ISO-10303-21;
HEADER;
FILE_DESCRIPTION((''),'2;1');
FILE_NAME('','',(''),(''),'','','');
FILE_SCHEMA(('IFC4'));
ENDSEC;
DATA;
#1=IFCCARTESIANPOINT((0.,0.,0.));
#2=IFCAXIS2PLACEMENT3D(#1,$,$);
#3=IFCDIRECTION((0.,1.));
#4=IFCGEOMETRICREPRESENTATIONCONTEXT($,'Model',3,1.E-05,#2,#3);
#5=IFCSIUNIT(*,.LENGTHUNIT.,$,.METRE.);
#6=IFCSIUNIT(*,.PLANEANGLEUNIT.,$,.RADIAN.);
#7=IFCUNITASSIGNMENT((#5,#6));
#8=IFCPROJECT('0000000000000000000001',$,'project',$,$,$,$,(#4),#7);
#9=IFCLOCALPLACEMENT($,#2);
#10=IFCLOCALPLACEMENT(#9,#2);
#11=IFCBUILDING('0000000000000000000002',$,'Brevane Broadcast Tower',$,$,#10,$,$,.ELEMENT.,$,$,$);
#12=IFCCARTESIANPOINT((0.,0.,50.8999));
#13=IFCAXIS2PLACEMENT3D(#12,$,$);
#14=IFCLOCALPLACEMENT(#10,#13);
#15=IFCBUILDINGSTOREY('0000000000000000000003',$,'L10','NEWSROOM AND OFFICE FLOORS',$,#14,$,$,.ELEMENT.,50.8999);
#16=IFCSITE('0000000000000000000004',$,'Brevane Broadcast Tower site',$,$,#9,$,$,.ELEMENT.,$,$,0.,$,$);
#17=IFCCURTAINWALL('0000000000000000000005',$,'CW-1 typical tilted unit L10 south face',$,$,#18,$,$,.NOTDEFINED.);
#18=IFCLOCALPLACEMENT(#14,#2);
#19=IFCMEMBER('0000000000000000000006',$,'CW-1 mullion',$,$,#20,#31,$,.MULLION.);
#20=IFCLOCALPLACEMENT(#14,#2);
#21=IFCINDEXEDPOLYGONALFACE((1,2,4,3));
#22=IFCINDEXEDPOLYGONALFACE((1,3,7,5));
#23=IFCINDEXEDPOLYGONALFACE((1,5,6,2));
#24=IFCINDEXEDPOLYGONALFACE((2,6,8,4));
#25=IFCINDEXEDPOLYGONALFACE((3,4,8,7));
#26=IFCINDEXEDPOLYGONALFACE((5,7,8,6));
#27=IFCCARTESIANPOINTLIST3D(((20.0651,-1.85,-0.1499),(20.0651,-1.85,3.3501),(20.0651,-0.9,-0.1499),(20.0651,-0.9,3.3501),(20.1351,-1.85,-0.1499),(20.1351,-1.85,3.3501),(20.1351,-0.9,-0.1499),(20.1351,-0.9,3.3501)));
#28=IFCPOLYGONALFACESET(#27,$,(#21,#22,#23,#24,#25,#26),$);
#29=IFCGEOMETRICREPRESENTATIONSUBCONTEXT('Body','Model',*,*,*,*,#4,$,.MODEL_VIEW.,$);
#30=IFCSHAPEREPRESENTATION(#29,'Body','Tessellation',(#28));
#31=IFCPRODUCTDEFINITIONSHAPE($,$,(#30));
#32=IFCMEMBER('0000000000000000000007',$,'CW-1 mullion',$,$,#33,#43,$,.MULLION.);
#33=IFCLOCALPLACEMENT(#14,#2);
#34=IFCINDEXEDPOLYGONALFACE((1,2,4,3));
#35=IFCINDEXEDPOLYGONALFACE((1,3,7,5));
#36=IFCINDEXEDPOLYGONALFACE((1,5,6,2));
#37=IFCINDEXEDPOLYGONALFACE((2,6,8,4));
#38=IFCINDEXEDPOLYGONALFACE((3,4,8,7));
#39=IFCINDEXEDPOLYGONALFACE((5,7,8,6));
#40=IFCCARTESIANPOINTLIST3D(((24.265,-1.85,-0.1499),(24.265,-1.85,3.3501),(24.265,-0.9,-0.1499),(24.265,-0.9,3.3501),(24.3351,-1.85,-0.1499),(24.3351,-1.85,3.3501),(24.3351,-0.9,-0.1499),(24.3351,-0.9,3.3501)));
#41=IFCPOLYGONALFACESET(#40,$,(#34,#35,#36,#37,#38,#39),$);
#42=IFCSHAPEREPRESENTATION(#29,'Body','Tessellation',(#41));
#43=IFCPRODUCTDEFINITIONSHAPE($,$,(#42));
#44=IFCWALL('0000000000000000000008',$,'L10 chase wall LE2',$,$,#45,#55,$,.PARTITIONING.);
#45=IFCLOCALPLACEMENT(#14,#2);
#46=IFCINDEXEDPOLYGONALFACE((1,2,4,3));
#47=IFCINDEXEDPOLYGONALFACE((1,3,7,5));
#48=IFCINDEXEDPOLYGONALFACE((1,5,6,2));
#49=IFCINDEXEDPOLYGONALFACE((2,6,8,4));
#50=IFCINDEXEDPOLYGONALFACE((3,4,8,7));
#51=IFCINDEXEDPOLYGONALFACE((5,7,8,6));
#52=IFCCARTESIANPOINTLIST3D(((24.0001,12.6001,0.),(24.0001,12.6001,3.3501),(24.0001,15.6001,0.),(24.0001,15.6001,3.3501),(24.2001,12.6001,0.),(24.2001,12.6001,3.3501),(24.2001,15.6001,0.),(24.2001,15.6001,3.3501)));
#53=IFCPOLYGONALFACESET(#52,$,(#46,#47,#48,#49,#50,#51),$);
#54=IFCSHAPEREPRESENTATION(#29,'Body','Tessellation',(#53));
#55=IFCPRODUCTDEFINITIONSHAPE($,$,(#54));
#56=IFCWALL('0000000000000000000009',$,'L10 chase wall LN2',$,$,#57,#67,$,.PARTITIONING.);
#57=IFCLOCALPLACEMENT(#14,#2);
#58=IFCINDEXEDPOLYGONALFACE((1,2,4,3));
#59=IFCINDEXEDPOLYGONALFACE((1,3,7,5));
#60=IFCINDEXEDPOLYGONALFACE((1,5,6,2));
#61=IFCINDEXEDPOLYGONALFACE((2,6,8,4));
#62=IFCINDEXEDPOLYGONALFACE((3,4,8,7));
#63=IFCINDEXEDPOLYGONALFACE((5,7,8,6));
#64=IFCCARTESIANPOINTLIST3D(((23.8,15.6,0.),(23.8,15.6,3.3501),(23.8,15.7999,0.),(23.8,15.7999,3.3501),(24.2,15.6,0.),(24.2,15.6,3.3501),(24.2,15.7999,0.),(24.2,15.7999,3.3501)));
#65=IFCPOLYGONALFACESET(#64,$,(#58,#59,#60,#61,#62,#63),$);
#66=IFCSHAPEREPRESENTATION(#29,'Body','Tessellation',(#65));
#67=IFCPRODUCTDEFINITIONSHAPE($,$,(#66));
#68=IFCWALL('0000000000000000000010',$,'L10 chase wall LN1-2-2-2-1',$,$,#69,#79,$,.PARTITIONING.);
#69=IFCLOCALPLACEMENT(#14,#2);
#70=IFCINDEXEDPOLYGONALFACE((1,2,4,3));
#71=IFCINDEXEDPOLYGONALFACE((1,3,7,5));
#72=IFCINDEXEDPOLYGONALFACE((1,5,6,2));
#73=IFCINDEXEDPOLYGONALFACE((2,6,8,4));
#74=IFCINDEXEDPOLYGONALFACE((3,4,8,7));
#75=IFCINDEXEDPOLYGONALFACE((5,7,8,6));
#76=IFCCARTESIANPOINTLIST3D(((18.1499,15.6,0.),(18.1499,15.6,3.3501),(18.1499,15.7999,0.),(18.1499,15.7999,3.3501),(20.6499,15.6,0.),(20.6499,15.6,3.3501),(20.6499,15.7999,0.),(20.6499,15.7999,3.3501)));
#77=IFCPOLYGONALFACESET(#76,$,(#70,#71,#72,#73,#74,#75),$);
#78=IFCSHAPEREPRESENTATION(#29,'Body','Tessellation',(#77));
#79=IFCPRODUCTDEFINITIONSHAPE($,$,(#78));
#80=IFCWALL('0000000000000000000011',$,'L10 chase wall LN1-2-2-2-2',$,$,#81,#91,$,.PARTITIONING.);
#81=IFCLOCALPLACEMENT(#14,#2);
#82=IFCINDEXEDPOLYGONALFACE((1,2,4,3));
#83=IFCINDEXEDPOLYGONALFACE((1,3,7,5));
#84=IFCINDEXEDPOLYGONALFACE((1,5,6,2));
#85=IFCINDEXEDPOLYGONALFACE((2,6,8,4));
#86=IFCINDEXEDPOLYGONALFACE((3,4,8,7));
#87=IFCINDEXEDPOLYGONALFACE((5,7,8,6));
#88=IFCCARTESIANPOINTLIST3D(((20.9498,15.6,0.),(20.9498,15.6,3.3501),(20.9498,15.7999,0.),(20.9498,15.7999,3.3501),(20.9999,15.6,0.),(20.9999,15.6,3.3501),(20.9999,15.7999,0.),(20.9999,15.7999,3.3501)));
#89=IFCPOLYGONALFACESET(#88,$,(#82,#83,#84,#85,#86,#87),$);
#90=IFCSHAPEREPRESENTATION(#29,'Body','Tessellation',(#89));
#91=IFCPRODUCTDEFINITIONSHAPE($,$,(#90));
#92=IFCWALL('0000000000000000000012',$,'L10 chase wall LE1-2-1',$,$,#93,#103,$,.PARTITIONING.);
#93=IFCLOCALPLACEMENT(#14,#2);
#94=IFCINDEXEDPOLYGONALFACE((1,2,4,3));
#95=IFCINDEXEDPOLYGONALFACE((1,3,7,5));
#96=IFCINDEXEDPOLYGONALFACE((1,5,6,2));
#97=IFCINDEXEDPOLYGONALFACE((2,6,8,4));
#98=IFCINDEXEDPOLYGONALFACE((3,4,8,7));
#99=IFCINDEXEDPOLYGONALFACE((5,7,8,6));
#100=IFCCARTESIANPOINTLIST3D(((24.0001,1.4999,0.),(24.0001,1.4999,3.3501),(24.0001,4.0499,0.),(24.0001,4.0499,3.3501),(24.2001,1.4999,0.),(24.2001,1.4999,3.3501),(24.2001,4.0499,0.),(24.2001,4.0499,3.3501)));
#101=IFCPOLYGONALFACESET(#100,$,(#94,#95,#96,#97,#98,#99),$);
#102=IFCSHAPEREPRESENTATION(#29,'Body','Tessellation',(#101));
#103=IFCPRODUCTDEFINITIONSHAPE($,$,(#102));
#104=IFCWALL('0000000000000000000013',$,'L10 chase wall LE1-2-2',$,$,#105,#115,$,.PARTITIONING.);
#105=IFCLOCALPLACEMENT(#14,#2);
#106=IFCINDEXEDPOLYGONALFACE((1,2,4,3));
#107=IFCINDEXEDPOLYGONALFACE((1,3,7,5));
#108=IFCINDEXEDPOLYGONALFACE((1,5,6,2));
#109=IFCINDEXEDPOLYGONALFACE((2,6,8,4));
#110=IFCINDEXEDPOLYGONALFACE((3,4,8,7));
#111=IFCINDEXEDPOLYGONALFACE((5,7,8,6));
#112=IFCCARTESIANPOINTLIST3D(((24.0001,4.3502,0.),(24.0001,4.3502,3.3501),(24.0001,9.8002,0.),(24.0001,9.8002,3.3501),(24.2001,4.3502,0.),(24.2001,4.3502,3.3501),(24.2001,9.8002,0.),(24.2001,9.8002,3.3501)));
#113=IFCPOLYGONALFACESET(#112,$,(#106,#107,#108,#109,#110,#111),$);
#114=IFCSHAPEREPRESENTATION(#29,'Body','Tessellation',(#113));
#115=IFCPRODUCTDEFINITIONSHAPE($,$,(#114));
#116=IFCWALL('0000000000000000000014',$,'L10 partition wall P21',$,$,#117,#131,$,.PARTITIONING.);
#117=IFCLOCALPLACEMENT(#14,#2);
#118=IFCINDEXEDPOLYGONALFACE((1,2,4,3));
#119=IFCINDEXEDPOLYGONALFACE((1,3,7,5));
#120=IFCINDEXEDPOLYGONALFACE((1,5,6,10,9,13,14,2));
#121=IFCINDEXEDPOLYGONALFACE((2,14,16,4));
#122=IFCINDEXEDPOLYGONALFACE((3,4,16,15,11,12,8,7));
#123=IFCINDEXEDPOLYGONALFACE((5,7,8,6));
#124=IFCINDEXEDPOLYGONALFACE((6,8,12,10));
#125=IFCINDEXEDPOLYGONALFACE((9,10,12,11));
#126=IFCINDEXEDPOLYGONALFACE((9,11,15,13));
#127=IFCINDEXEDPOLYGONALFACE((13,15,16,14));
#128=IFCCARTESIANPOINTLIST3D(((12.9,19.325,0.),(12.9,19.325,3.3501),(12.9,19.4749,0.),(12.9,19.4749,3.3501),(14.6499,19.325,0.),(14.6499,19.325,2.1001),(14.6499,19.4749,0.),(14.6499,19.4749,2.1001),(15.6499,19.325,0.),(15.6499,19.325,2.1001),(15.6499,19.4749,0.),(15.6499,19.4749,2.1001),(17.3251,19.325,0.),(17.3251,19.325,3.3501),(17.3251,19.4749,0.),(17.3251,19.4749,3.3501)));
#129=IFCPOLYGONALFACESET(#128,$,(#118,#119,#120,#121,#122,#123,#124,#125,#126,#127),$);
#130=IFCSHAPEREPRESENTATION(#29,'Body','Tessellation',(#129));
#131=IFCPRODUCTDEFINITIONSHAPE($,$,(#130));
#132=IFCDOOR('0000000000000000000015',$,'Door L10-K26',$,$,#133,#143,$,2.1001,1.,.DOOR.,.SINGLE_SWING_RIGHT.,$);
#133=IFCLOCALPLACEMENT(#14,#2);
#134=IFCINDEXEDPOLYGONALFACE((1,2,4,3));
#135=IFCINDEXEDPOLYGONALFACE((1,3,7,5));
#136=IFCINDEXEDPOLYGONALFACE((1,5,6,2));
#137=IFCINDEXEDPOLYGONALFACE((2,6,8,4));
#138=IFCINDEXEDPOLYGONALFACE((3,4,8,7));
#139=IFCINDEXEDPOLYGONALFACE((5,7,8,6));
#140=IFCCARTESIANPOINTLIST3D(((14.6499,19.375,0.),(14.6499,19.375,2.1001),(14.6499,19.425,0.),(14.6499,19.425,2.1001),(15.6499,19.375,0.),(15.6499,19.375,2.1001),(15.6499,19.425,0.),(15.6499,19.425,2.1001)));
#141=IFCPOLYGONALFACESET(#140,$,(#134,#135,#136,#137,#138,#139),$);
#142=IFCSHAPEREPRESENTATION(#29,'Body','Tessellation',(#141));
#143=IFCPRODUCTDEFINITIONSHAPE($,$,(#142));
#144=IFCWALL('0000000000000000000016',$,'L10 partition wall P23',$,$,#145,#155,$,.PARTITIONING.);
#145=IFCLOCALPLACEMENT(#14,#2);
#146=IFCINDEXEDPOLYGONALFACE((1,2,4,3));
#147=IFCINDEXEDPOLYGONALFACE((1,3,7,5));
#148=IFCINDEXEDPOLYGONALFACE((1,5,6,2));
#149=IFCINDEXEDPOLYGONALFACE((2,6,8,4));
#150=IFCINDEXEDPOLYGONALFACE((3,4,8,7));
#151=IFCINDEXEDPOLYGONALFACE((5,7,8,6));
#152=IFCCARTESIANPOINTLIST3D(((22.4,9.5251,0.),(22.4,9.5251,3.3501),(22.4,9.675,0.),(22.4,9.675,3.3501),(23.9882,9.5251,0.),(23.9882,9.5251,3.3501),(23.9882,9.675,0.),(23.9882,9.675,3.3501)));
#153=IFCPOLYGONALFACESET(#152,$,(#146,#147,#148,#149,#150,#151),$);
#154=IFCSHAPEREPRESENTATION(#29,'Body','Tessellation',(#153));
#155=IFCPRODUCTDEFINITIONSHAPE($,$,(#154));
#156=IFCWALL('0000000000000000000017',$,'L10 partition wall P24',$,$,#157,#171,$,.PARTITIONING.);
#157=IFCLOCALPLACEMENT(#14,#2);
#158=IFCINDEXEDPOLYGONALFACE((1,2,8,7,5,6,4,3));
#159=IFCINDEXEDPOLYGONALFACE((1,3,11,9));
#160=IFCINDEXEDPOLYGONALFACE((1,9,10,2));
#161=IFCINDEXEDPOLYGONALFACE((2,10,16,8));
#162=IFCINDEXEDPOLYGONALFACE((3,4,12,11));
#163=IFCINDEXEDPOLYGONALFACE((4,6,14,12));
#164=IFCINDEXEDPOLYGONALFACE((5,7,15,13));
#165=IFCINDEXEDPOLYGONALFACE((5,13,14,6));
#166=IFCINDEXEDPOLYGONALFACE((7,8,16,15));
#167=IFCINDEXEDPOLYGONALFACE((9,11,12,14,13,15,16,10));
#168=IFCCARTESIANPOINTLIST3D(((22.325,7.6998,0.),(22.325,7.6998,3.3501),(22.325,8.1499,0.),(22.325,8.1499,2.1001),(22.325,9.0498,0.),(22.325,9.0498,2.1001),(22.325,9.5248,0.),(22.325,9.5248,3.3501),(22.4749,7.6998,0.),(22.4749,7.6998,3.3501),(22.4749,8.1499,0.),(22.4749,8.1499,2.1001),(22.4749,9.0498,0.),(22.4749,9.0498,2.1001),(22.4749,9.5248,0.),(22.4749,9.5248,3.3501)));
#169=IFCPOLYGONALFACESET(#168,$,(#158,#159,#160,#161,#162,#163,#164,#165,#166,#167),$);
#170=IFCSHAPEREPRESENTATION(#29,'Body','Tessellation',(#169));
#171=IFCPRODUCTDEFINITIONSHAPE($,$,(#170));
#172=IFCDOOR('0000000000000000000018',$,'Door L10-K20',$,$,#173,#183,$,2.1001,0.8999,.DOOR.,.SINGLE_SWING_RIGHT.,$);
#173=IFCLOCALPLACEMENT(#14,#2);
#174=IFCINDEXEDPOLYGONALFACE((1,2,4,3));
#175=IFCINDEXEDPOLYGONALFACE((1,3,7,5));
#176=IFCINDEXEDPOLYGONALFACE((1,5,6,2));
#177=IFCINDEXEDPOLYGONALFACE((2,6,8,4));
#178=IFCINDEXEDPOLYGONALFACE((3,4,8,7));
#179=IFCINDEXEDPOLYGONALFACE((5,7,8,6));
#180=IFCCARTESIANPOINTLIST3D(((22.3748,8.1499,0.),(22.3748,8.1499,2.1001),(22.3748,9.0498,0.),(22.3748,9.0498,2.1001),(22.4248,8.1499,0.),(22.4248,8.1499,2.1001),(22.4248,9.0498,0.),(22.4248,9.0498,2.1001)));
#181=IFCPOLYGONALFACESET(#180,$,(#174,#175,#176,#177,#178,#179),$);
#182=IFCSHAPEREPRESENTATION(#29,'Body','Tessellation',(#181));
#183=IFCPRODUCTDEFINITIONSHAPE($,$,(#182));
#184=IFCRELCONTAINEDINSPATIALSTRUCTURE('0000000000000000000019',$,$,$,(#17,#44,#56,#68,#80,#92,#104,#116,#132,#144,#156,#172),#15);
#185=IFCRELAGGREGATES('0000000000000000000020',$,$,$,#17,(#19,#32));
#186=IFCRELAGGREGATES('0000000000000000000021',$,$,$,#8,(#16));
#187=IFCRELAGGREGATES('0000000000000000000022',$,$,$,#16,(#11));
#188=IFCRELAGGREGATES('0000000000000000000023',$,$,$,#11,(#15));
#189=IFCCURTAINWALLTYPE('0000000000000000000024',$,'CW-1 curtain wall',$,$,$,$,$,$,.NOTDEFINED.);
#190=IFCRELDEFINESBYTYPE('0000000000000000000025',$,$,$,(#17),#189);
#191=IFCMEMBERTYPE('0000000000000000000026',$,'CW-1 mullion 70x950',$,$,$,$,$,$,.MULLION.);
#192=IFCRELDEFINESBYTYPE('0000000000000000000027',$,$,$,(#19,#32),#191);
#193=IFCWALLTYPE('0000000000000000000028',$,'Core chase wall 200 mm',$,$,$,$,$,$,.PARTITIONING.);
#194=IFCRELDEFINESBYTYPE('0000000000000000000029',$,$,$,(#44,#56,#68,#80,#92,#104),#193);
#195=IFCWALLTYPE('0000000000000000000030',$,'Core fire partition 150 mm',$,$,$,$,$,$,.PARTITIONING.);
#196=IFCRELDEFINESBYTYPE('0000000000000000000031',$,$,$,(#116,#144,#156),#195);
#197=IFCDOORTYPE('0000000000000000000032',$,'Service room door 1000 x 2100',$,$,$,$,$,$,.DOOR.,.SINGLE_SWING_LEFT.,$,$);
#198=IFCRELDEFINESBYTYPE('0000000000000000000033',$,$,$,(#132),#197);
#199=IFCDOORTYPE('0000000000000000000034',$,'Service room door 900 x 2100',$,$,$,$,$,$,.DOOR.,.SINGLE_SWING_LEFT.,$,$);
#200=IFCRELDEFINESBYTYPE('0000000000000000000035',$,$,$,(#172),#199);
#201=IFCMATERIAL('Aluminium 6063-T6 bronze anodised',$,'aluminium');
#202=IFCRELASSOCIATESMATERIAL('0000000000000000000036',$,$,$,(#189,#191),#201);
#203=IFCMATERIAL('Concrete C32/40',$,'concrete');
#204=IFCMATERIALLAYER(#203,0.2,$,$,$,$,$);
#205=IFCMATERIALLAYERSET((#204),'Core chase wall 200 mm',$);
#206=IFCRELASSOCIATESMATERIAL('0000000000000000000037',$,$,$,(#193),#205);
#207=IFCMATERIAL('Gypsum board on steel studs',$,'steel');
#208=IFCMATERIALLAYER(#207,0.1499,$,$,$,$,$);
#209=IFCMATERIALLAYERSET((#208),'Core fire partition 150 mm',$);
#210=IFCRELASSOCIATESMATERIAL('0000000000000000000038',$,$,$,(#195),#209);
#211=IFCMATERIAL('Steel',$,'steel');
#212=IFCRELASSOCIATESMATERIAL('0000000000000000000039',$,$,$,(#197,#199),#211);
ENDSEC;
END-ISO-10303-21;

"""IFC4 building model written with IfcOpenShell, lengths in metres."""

from ifc_helpers import new_model, si_unit, direction, frame, frame_2d, origin, origin_2d, place, context, subcontext, project, spatial, rectangle, extrude, material, layer, layer_set, material_profile, profile_set, type_object, element, fill, aggregate, save


model = new_model("IFC4")

# Units and contexts
model_context = context("Model", 3, precision=1e-05, world=origin(), true_north=direction((0.0, 1.0)))
body_context = subcontext(model_context, "Body", "Model", "MODEL_VIEW")
ifc_project = project(units=[si_unit("LENGTHUNIT", "METRE"), si_unit("PLANEANGLEUNIT", "RADIAN")], contexts=[model_context])

# Site, building, storey
site_placement = place(None, origin())
site = spatial("IfcSite", under=ifc_project, at=site_placement, Name="Brevane Broadcast Tower site", CompositionType="ELEMENT", RefElevation=0.0)
building_placement = place(site_placement, origin())
building = spatial("IfcBuilding", under=site, at=building_placement, Name="Brevane Broadcast Tower", CompositionType="ELEMENT")
storey_placement = place(building_placement, frame((0.0, 0.0, 50.8999)))
storey = spatial("IfcBuildingStorey", under=building, at=storey_placement, Name="L10", Description="NEWSROOM AND OFFICE FLOORS", CompositionType="ELEMENT", Elevation=50.8999)

# Curtain wall, members
ifc_material_1 = material(Name="Aluminium 6063-T6 bronze anodised", Category="aluminium")
curtain_wall_type = type_object("IfcCurtainWallType", Name="CW-1 curtain wall", PredefinedType="NOTDEFINED", material=ifc_material_1)
curtain_wall_placement = place(storey_placement, origin())
curtain_wall = element("IfcCurtainWall", 1, at=curtain_wall_placement, inside=storey, type_object=curtain_wall_type, Name="CW-1 typical tilted unit L10 south face", PredefinedType="NOTDEFINED")
ifc_material_profile = material_profile(ifc_material_1, rectangle(XDim=0.95, YDim=0.0701, at=origin_2d()), Name="RECT 70x950")
ifc_profile_set = profile_set([ifc_material_profile], Name="Aluminium 6063-T6 bronze anodised")
member_type = type_object("IfcMemberType", Name="CW-1 mullion 70x950", PredefinedType="MULLION", material=ifc_profile_set)
member_1_placement = place(storey_placement, frame((20.1001, -1.375, -0.1499), z_axis=(0.0, 0.0, 1.0), x_axis=(0.0, 1.0, 0.0)))
member_1 = element("IfcMember", 2, at=member_1_placement, type_object=member_type, Name="CW-1 mullion", PredefinedType="MULLION", context=body_context, shape_type="SweptSolid", body=[
    extrude(rectangle(XDim=0.95, YDim=0.0701, at=origin_2d()), origin(), (0.0, 0.0, 1.0), 3.5),
])
member_2_placement = place(storey_placement, frame((24.3, -1.375, -0.1499), z_axis=(0.0, 0.0, 1.0), x_axis=(0.0, 1.0, 0.0)))
member_2 = element("IfcMember", 3, at=member_2_placement, type_object=member_type, Name="CW-1 mullion", PredefinedType="MULLION", context=body_context, shape_type="SweptSolid", body=[
    extrude(rectangle(XDim=0.95, YDim=0.0701, at=origin_2d()), origin(), (0.0, 0.0, 1.0), 3.5),
])
aggregate(curtain_wall, [member_1, member_2])

# Walls
ifc_material_2 = material(Name="Concrete C32/40", Category="concrete")
ifc_layer_1 = layer(ifc_material_2, 0.2)
ifc_layer_set_1 = layer_set([ifc_layer_1], Name="Core chase wall 200 mm")
wall_type_1 = type_object("IfcWallType", Name="Core chase wall 200 mm", PredefinedType="PARTITIONING", material=ifc_layer_set_1)
wall_1_placement = place(storey_placement, frame((24.1001, 12.6001, 0.0), z_axis=(0.0, 0.0, 1.0), x_axis=(0.0, 1.0, 0.0)))
element("IfcWall", 4, at=wall_1_placement, inside=storey, type_object=wall_type_1, Name="L10 chase wall LE2", PredefinedType="PARTITIONING", context=body_context, shape_type="SweptSolid", body=[
    extrude(rectangle(XDim=3.0, YDim=0.2, at=frame_2d((1.5, 0.0))), origin(), (0.0, 0.0, 1.0), 3.3501),
])
wall_2_placement = place(storey_placement, frame((23.8, 15.7, 0.0), z_axis=(0.0, 0.0, 1.0), x_axis=(1.0, 0.0, 0.0)))
element("IfcWall", 5, at=wall_2_placement, inside=storey, type_object=wall_type_1, Name="L10 chase wall LN2", PredefinedType="PARTITIONING", context=body_context, shape_type="SweptSolid", body=[
    extrude(rectangle(XDim=0.3999, YDim=0.2, at=frame_2d((0.2, 0.0))), origin(), (0.0, 0.0, 1.0), 3.3501),
])
wall_3_placement = place(storey_placement, frame((18.1499, 15.7, 0.0), z_axis=(0.0, 0.0, 1.0), x_axis=(1.0, 0.0, 0.0)))
element("IfcWall", 6, at=wall_3_placement, inside=storey, type_object=wall_type_1, Name="L10 chase wall LN1-2-2-2-1", PredefinedType="PARTITIONING", context=body_context, shape_type="SweptSolid", body=[
    extrude(rectangle(XDim=2.5, YDim=0.2, at=frame_2d((1.25, 0.0))), origin(), (0.0, 0.0, 1.0), 3.3501),
])
wall_4_placement = place(storey_placement, frame((20.95, 15.7, 0.0), z_axis=(0.0, 0.0, 1.0), x_axis=(1.0, 0.0, 0.0)))
element("IfcWall", 7, at=wall_4_placement, inside=storey, type_object=wall_type_1, Name="L10 chase wall LN1-2-2-2-2", PredefinedType="PARTITIONING", context=body_context, shape_type="SweptSolid", body=[
    extrude(rectangle(XDim=0.05, YDim=0.2, at=frame_2d((0.0249, 0.0))), origin(), (0.0, 0.0, 1.0), 3.3501),
])
wall_5_placement = place(storey_placement, frame((24.1001, 1.5, 0.0), z_axis=(0.0, 0.0, 1.0), x_axis=(0.0, 1.0, 0.0)))
element("IfcWall", 8, at=wall_5_placement, inside=storey, type_object=wall_type_1, Name="L10 chase wall LE1-2-1", PredefinedType="PARTITIONING", context=body_context, shape_type="SweptSolid", body=[
    extrude(rectangle(XDim=2.55, YDim=0.2, at=frame_2d((1.2749, 0.0))), origin(), (0.0, 0.0, 1.0), 3.3501),
])
wall_6_placement = place(storey_placement, frame((24.1001, 4.3501, 0.0), z_axis=(0.0, 0.0, 1.0), x_axis=(0.0, 1.0, 0.0)))
element("IfcWall", 9, at=wall_6_placement, inside=storey, type_object=wall_type_1, Name="L10 chase wall LE1-2-2", PredefinedType="PARTITIONING", context=body_context, shape_type="SweptSolid", body=[
    extrude(rectangle(XDim=5.45, YDim=0.2, at=frame_2d((2.7251, 0.0))), origin(), (0.0, 0.0, 1.0), 3.3501),
])

# Wall, opening, door
ifc_material_3 = material(Name="Gypsum board on steel studs", Category="steel")
ifc_layer_2 = layer(ifc_material_3, 0.1499)
ifc_layer_set_2 = layer_set([ifc_layer_2], Name="Core fire partition 150 mm")
wall_type_2 = type_object("IfcWallType", Name="Core fire partition 150 mm", PredefinedType="PARTITIONING", material=ifc_layer_set_2)
wall_7_placement = place(storey_placement, frame((17.325, 19.3999, 0.0), z_axis=(0.0, 0.0, 1.0), x_axis=(-1.0, 0.0, 0.0)))
wall_7 = element("IfcWall", 10, at=wall_7_placement, inside=storey, type_object=wall_type_2, Name="L10 partition wall P21", PredefinedType="PARTITIONING", context=body_context, shape_type="SweptSolid", body=[
    extrude(rectangle(XDim=4.425, YDim=0.1499, at=frame_2d((2.2124, 0.0))), origin(), (0.0, 0.0, 1.0), 3.3501),
])
opening_1_placement = place(wall_7_placement, frame((1.675, 0.0, 0.0)))
opening_1 = element("IfcOpeningElement", 11, at=opening_1_placement, cuts=wall_7, PredefinedType="OPENING", context=body_context, shape_type="SweptSolid", body=[
    extrude(rectangle(XDim=1.0, YDim=2.1001, at=frame_2d((0.5, 1.05))), frame((0.0, 0.085, 0.0), z_axis=(0.0, -1.0, 0.0), x_axis=(1.0, 0.0, 0.0)), (0.0, 0.0, 1.0), 0.1699),
])
ifc_material_4 = material(Name="Steel", Category="steel")
door_type_1 = type_object("IfcDoorType", Name="Service room door 1000 x 2100", OperationType="SINGLE_SWING_LEFT", PredefinedType="DOOR", material=ifc_material_4)
door_1_placement = place(opening_1_placement, origin())
door_1 = element("IfcDoor", 12, at=door_1_placement, inside=storey, type_object=door_type_1, Name="Door L10-K26", OperationType="SINGLE_SWING_RIGHT", OverallHeight=2.1001, OverallWidth=1.0, PredefinedType="DOOR", context=body_context, shape_type="SweptSolid", body=[
    extrude(rectangle(XDim=1.0, YDim=2.1001, at=frame_2d((0.5, 1.05))), frame((0.0, 0.0249, 0.0), z_axis=(0.0, -1.0, 0.0), x_axis=(1.0, 0.0, 0.0)), (0.0, 0.0, 1.0), 0.05),
])
fill(opening_1, door_1)

# Wall
wall_8_placement = place(storey_placement, frame((23.988, 9.6001, 0.0), z_axis=(0.0, 0.0, 1.0), x_axis=(-1.0, 0.0, 0.0)))
element("IfcWall", 13, at=wall_8_placement, inside=storey, type_object=wall_type_2, Name="L10 partition wall P23", PredefinedType="PARTITIONING", context=body_context, shape_type="SweptSolid", body=[
    extrude(rectangle(XDim=1.5881, YDim=0.1499, at=frame_2d((0.7939, 0.0))), origin(), (0.0, 0.0, 1.0), 3.3501),
])

# Wall, opening, door
wall_9_placement = place(storey_placement, frame((22.3999, 9.5249, 0.0), z_axis=(0.0, 0.0, 1.0), x_axis=(0.0, -1.0, 0.0)))
wall_9 = element("IfcWall", 14, at=wall_9_placement, inside=storey, type_object=wall_type_2, Name="L10 partition wall P24", PredefinedType="PARTITIONING", context=body_context, shape_type="SweptSolid", body=[
    extrude(rectangle(XDim=1.825, YDim=0.1499, at=frame_2d((0.9126, 0.0))), origin(), (0.0, 0.0, 1.0), 3.3501),
])
opening_2_placement = place(wall_9_placement, frame((0.4751, 0.0, 0.0)))
opening_2 = element("IfcOpeningElement", 15, at=opening_2_placement, cuts=wall_9, PredefinedType="OPENING", context=body_context, shape_type="SweptSolid", body=[
    extrude(rectangle(XDim=0.8999, YDim=2.1001, at=frame_2d((0.45, 1.05))), frame((0.0, 0.085, 0.0), z_axis=(0.0, -1.0, 0.0), x_axis=(1.0, 0.0, 0.0)), (0.0, 0.0, 1.0), 0.1699),
])
door_type_2 = type_object("IfcDoorType", Name="Service room door 900 x 2100", OperationType="SINGLE_SWING_LEFT", PredefinedType="DOOR", material=ifc_material_4)
door_2_placement = place(opening_2_placement, origin())
door_2 = element("IfcDoor", 16, at=door_2_placement, inside=storey, type_object=door_type_2, Name="Door L10-K20", OperationType="SINGLE_SWING_RIGHT", OverallHeight=2.1001, OverallWidth=0.8999, PredefinedType="DOOR", context=body_context, shape_type="SweptSolid", body=[
    extrude(rectangle(XDim=0.8999, YDim=2.1001, at=frame_2d((0.45, 1.05))), frame((0.0, 0.0249, 0.0), z_axis=(0.0, -1.0, 0.0), x_axis=(1.0, 0.0, 0.0)), (0.0, 0.0, 1.0), 0.05),
])
fill(opening_2, door_2)

save(model, "model.ifc")
